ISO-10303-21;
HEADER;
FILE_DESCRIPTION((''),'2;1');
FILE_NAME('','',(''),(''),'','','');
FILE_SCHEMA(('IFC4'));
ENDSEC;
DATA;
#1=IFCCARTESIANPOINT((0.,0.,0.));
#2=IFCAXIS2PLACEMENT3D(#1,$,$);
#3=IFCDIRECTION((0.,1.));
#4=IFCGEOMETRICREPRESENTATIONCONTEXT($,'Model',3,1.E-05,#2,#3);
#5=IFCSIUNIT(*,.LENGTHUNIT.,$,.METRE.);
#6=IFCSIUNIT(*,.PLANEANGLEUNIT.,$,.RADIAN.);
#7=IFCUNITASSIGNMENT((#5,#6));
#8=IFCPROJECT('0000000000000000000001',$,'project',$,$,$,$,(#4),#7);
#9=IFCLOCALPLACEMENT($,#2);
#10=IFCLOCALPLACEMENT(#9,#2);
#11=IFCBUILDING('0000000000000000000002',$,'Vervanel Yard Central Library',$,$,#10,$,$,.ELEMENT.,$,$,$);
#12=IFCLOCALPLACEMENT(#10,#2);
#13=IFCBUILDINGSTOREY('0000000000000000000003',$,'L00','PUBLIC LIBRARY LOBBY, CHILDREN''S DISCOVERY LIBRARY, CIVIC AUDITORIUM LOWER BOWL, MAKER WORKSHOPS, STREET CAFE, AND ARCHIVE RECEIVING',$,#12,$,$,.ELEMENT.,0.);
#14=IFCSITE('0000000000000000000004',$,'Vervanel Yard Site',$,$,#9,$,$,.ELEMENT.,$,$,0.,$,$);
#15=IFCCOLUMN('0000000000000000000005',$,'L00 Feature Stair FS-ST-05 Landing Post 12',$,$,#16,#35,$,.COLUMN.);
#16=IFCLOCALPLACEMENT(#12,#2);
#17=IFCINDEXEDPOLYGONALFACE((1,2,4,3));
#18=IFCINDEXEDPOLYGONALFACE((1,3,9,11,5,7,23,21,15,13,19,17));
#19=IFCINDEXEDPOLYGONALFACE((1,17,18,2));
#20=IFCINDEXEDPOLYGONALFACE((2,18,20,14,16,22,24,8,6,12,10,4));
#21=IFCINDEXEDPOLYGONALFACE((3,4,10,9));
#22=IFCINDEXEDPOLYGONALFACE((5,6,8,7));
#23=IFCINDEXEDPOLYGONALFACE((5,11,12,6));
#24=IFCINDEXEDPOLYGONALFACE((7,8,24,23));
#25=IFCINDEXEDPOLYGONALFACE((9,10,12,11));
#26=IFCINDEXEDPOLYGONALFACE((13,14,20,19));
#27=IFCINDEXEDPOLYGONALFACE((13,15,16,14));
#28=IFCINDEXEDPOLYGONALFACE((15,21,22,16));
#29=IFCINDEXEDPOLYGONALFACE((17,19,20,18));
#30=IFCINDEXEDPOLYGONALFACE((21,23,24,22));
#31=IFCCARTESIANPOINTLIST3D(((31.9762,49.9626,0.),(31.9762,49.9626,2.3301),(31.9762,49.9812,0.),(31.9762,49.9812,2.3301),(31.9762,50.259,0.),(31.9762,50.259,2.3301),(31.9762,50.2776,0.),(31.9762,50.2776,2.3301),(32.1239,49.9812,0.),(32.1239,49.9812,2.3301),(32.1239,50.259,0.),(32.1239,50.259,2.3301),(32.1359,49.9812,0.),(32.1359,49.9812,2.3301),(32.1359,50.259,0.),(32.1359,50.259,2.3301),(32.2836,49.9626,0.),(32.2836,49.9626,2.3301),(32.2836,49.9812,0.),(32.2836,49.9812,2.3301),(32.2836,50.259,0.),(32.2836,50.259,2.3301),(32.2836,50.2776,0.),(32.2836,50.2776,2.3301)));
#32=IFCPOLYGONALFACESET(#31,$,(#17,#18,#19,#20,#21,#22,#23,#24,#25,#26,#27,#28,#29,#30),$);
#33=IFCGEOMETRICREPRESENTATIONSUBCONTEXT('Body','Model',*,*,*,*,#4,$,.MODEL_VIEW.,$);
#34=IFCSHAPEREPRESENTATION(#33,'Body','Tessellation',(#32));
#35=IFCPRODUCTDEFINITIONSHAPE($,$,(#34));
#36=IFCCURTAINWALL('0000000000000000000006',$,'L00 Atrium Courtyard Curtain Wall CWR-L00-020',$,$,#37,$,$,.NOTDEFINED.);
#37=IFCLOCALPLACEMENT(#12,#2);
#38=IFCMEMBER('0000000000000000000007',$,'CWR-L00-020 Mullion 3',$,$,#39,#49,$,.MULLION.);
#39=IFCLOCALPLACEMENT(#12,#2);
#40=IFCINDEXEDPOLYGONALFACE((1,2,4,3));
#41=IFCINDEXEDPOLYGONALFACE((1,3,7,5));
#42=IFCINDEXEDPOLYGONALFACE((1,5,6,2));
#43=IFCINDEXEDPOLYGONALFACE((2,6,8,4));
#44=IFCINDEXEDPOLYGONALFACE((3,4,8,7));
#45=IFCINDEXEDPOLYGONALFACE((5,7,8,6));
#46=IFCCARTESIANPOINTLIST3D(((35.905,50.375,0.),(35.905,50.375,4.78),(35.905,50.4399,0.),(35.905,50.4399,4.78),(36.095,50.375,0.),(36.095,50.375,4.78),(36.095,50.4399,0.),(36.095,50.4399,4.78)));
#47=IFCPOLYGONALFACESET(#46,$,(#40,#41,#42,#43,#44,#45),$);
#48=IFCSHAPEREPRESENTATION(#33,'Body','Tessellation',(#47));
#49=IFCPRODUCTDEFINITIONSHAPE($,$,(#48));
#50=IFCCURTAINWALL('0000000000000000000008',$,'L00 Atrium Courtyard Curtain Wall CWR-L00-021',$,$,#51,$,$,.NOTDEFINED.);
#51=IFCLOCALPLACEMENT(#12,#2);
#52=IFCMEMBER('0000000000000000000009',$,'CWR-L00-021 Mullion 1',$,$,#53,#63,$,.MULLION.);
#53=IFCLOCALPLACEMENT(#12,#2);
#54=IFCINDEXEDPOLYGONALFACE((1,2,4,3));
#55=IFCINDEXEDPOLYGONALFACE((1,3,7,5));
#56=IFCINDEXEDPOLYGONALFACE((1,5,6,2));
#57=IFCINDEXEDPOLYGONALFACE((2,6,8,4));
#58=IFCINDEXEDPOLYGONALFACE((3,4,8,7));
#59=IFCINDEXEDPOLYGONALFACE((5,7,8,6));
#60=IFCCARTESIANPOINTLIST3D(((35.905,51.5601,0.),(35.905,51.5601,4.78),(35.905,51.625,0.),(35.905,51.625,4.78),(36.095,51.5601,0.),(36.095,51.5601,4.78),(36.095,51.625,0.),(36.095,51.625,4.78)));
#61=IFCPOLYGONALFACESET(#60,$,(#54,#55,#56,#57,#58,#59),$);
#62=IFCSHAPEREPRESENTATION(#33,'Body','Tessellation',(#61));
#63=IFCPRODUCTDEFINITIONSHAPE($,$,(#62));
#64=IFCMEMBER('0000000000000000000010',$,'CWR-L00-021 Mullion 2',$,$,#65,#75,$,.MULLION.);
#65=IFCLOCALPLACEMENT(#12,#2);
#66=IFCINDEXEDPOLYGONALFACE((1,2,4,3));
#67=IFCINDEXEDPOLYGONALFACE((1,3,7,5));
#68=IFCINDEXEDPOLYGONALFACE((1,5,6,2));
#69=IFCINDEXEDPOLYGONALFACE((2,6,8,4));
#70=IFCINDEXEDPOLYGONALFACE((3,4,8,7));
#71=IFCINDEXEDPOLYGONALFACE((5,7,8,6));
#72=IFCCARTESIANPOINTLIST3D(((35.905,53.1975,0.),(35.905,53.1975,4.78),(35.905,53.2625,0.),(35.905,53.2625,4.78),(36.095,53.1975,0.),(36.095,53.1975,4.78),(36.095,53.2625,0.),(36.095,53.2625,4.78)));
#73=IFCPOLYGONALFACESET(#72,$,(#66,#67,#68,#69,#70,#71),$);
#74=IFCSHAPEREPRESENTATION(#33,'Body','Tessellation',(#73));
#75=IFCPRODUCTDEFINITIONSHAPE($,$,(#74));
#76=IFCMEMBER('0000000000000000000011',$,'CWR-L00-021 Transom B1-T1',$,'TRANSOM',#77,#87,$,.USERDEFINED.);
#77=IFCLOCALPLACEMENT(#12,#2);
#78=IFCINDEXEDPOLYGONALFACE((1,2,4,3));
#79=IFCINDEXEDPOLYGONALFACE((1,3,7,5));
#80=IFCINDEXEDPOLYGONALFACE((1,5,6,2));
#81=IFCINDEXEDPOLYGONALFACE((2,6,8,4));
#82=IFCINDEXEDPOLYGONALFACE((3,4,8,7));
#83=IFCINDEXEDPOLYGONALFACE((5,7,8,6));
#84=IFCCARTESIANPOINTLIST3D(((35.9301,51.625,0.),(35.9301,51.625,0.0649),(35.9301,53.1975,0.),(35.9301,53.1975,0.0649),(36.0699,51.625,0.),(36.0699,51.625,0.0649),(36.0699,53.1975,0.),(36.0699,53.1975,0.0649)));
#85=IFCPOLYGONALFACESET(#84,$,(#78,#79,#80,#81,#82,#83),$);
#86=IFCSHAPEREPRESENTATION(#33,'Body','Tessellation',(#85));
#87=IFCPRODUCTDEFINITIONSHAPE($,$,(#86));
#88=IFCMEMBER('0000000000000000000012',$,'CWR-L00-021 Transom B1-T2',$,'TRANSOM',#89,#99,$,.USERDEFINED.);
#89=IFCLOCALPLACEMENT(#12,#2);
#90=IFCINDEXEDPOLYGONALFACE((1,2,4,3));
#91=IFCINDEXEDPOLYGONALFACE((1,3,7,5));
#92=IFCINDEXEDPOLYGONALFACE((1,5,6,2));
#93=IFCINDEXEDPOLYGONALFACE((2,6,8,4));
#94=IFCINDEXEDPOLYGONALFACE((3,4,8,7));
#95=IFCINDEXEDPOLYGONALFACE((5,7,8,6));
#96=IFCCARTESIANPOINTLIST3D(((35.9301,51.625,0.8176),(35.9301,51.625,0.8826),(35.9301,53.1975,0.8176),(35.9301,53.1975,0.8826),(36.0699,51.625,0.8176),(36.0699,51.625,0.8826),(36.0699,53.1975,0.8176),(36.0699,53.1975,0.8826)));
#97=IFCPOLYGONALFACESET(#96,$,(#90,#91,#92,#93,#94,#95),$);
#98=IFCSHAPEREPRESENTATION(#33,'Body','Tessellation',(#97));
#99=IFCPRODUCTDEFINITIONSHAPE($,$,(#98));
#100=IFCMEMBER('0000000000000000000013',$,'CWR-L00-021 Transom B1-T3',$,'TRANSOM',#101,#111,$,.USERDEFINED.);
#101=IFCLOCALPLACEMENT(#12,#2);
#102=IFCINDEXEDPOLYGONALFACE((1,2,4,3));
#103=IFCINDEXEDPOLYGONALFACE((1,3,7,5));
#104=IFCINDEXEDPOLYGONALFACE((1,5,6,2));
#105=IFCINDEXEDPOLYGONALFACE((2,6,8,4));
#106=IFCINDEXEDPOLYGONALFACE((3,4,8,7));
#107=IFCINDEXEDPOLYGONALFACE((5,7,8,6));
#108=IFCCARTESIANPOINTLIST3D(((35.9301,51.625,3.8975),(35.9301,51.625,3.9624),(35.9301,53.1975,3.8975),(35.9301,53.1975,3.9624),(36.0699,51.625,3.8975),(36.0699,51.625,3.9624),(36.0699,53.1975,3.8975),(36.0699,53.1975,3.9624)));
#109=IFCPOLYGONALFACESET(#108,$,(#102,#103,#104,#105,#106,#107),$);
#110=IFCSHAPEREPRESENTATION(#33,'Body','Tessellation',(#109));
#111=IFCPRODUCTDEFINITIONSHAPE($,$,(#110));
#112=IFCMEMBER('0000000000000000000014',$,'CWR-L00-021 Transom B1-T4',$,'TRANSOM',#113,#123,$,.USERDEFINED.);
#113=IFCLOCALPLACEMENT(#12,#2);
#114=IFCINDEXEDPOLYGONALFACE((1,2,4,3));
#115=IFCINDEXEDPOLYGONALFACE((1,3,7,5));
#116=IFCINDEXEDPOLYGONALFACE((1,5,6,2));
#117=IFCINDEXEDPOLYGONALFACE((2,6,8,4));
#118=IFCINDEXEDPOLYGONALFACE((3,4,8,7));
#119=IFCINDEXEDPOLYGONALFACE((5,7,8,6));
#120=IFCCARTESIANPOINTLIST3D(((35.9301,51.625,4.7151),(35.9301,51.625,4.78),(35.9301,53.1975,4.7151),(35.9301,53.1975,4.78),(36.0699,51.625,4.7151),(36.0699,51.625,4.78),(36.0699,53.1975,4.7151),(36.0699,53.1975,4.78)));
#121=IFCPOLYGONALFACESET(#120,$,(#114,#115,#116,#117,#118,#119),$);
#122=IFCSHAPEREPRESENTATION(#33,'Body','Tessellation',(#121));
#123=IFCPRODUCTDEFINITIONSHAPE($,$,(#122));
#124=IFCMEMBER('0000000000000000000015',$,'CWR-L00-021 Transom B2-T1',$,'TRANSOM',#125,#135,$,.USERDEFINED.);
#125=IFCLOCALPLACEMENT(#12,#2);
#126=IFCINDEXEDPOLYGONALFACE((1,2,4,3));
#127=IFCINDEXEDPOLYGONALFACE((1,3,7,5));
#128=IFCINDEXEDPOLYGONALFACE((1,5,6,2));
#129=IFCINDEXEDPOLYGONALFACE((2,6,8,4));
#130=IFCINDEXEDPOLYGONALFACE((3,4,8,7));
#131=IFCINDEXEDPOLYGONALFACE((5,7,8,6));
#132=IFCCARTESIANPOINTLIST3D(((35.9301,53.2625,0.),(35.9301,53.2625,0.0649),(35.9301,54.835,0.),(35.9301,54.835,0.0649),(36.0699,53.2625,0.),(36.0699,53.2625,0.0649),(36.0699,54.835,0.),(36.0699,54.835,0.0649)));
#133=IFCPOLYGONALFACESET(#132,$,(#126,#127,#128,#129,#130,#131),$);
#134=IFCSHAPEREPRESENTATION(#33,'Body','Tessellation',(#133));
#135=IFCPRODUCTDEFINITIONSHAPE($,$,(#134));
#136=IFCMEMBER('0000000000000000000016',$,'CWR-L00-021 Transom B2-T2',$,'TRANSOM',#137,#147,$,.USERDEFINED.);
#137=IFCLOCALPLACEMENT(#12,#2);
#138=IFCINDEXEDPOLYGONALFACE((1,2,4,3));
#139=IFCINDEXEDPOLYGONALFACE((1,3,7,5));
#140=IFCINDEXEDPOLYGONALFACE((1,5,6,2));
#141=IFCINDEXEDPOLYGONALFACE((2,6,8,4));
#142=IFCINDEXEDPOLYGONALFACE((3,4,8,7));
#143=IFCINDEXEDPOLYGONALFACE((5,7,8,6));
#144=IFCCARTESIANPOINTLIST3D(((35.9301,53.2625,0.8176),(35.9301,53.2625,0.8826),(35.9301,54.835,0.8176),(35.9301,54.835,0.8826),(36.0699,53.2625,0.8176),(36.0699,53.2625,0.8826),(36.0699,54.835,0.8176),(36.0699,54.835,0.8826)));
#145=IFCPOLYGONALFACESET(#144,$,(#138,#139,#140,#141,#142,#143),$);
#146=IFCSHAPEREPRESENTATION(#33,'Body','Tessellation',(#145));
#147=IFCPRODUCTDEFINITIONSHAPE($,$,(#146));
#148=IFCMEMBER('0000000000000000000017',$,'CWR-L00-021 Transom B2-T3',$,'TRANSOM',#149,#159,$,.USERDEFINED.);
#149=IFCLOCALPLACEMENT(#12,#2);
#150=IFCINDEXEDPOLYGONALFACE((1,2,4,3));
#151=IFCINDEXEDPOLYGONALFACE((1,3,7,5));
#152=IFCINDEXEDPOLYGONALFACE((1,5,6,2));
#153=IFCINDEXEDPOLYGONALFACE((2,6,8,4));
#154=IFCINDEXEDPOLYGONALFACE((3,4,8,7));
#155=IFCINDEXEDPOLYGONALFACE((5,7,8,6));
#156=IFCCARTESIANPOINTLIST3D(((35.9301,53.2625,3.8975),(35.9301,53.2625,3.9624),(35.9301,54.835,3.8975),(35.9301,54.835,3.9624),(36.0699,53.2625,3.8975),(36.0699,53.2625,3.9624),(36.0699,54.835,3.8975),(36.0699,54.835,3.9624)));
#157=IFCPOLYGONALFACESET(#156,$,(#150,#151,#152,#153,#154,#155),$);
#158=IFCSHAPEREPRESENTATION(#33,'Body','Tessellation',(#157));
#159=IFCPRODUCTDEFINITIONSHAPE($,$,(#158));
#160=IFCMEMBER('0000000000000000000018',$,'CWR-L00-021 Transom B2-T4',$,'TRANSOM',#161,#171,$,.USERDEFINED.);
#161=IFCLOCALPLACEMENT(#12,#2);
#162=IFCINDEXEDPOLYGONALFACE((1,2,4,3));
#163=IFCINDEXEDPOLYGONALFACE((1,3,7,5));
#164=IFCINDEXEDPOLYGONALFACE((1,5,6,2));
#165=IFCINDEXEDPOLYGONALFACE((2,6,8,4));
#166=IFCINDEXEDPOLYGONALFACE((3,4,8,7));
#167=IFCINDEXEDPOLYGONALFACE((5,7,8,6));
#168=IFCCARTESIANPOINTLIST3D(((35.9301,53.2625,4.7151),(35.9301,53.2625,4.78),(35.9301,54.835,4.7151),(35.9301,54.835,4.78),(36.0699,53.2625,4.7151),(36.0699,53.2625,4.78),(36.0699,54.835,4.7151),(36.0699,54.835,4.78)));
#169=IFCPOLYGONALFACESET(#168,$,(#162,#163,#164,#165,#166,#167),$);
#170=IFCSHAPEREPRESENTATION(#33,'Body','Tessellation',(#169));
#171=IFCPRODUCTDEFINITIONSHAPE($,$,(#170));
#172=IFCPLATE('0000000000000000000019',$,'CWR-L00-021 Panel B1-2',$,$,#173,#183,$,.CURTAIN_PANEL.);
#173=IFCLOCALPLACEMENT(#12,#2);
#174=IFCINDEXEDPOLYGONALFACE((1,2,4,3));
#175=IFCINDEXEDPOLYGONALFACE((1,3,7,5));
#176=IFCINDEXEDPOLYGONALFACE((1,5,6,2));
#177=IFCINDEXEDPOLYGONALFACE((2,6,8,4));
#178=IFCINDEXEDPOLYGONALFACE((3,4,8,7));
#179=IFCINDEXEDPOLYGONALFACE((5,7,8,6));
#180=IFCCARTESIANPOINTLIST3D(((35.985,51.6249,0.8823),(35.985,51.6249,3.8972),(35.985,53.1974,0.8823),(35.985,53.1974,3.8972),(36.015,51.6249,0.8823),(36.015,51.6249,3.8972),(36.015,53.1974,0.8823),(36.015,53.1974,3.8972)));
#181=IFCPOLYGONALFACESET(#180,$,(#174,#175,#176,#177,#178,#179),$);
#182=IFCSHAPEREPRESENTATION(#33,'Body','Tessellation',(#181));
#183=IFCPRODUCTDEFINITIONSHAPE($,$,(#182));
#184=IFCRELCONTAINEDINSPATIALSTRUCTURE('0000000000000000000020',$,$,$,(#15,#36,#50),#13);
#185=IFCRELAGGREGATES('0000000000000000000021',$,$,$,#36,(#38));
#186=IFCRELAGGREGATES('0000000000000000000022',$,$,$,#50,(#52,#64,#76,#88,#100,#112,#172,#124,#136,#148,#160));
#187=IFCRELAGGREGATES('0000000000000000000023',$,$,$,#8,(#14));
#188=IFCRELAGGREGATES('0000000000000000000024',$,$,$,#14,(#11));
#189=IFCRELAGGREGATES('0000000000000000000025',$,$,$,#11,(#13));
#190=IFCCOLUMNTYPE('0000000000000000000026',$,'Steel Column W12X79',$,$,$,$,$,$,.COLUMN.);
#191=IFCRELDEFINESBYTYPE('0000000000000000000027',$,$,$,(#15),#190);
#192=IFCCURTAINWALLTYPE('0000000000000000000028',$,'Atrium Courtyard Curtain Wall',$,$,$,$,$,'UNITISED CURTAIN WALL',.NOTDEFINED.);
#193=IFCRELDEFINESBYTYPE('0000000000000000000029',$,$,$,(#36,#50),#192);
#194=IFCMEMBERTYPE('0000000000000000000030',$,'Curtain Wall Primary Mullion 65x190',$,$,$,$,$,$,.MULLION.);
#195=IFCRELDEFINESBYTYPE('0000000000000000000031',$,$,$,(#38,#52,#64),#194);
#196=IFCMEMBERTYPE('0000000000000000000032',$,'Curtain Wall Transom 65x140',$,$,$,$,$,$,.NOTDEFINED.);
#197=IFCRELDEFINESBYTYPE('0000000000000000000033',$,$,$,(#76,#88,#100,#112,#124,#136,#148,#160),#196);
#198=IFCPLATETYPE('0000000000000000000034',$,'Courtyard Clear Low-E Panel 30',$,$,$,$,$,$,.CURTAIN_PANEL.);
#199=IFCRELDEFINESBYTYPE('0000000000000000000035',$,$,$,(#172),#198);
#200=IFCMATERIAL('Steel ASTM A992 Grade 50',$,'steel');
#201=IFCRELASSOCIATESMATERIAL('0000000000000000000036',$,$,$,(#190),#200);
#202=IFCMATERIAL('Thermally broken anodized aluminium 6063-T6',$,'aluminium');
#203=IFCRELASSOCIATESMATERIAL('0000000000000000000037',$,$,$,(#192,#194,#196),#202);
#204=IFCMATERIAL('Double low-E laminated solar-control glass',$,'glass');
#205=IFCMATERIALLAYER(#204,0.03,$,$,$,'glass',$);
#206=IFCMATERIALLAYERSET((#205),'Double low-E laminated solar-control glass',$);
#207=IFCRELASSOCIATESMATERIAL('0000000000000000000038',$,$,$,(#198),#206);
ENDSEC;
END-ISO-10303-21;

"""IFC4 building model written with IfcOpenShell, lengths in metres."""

from ifc_helpers import new_model, si_unit, direction, frame, origin, origin_2d, place, context, subcontext, project, spatial, rectangle, i_section, extrude, material, layer, layer_set, material_profile, profile_set, type_object, element, aggregate, save


model = new_model("IFC4")

# Units and contexts
model_context = context("Model", 3, precision=1e-05, world=origin(), true_north=direction((0.0, 1.0)))
body_context = subcontext(model_context, "Body", "Model", "MODEL_VIEW")
ifc_project = project(units=[si_unit("LENGTHUNIT", "METRE"), si_unit("PLANEANGLEUNIT", "RADIAN")], contexts=[model_context])

# Site, building, storey
site_placement = place(None, origin())
site = spatial("IfcSite", under=ifc_project, at=site_placement, Name="Vervanel Yard Site", CompositionType="ELEMENT", RefElevation=0.0)
building_placement = place(site_placement, origin())
building = spatial("IfcBuilding", under=site, at=building_placement, Name="Vervanel Yard Central Library", CompositionType="ELEMENT")
storey_placement = place(building_placement, origin())
storey = spatial("IfcBuildingStorey", under=building, at=storey_placement, Name="L00", Description="PUBLIC LIBRARY LOBBY, CHILDREN'S DISCOVERY LIBRARY, CIVIC AUDITORIUM LOWER BOWL, MAKER WORKSHOPS, STREET CAFE, AND ARCHIVE RECEIVING", CompositionType="ELEMENT", Elevation=0.0)

# Column
ifc_material_1 = material(Name="Steel ASTM A992 Grade 50", Category="steel")
ifc_material_profile_1 = material_profile(ifc_material_1, i_section(OverallWidth=0.3074, OverallDepth=0.3149, WebThickness=0.012, FlangeThickness=0.0186, at=origin_2d()), Name="W12X79", Category="steel")
ifc_profile_set_1 = profile_set([ifc_material_profile_1], Name="Steel ASTM A992 Grade 50")
column_type_1 = type_object("IfcColumnType", Name="Steel Column W12X79", PredefinedType="COLUMN", material=ifc_profile_set_1)
for number, where, z_axis, x_axis, name in (
    (1, (32.1299, 50.1201, 0.0), (0.0, 0.0, 1.0), (1.0, 0.0, 0.0), "L00 Feature Stair FS-ST-05 Landing Post 12"),
):
    element("IfcColumn", number, at=place(storey_placement, frame(where, z_axis=z_axis, x_axis=x_axis)), inside=storey, type_object=column_type_1, Name=name, PredefinedType="COLUMN", context=body_context, shape_type="SweptSolid", body=[
        extrude(i_section(OverallWidth=0.3074, OverallDepth=0.3149, WebThickness=0.012, FlangeThickness=0.0186, at=origin_2d()), origin(), (0.0, 0.0, 1.0), 2.3301),
    ])

# Curtain wall, member
ifc_material_2 = material(Name="Thermally broken anodized aluminium 6063-T6", Category="aluminium")
curtain_wall_type = type_object("IfcCurtainWallType", Name="Atrium Courtyard Curtain Wall", ElementType="UNITISED CURTAIN WALL", PredefinedType="NOTDEFINED", material=ifc_material_2)
curtain_wall_1_placement = place(storey_placement, origin())
curtain_wall_1 = element("IfcCurtainWall", 2, at=curtain_wall_1_placement, inside=storey, type_object=curtain_wall_type, Name="L00 Atrium Courtyard Curtain Wall CWR-L00-020", PredefinedType="NOTDEFINED")
ifc_material_profile_2 = material_profile(ifc_material_2, rectangle(XDim=0.0649, YDim=0.1899, at=origin_2d()), Name="ALU 65x190", Category="aluminium")
ifc_profile_set_2 = profile_set([ifc_material_profile_2], Name="Thermally broken anodized aluminium 6063-T6")
member_type_1 = type_object("IfcMemberType", Name="Curtain Wall Primary Mullion 65x190", PredefinedType="MULLION", material=ifc_profile_set_2)
member_1_placement = place(storey_placement, frame((36.0, 50.4075, 0.0), z_axis=(0.0, 0.0, 1.0), x_axis=(0.0, 1.0, 0.0)))
member_1 = element("IfcMember", 3, at=member_1_placement, type_object=member_type_1, Name="CWR-L00-020 Mullion 3", PredefinedType="MULLION", context=body_context, shape_type="SweptSolid", body=[
    extrude(rectangle(XDim=0.0649, YDim=0.1899, at=origin_2d()), origin(), (0.0, 0.0, 1.0), 4.78),
])
aggregate(curtain_wall_1, [member_1])

# Curtain wall, members, plate
curtain_wall_2_placement = place(storey_placement, origin())
curtain_wall_2 = element("IfcCurtainWall", 4, at=curtain_wall_2_placement, inside=storey, type_object=curtain_wall_type, Name="L00 Atrium Courtyard Curtain Wall CWR-L00-021", PredefinedType="NOTDEFINED")
member_2_placement = place(storey_placement, frame((36.0, 51.5925, 0.0), z_axis=(0.0, 0.0, 1.0), x_axis=(0.0, 1.0, 0.0)))
member_2 = element("IfcMember", 5, at=member_2_placement, type_object=member_type_1, Name="CWR-L00-021 Mullion 1", PredefinedType="MULLION", context=body_context, shape_type="SweptSolid", body=[
    extrude(rectangle(XDim=0.0649, YDim=0.1899, at=origin_2d()), origin(), (0.0, 0.0, 1.0), 4.78),
])
member_3_placement = place(storey_placement, frame((36.0, 53.23, 0.0), z_axis=(0.0, 0.0, 1.0), x_axis=(0.0, 1.0, 0.0)))
member_3 = element("IfcMember", 6, at=member_3_placement, type_object=member_type_1, Name="CWR-L00-021 Mullion 2", PredefinedType="MULLION", context=body_context, shape_type="SweptSolid", body=[
    extrude(rectangle(XDim=0.0649, YDim=0.1899, at=origin_2d()), origin(), (0.0, 0.0, 1.0), 4.78),
])
ifc_material_profile_3 = material_profile(ifc_material_2, rectangle(XDim=0.0649, YDim=0.1399, at=origin_2d()), Name="ALU 65x140", Category="aluminium")
ifc_profile_set_3 = profile_set([ifc_material_profile_3], Name="Thermally broken anodized aluminium 6063-T6")
member_type_2 = type_object("IfcMemberType", Name="Curtain Wall Transom 65x140", PredefinedType="NOTDEFINED", material=ifc_profile_set_3)
member_4_placement = place(storey_placement, frame((36.0, 51.625, 0.0325), z_axis=(0.0, 1.0, 0.0), x_axis=(0.0, 0.0, 1.0)))
member_4 = element("IfcMember", 7, at=member_4_placement, type_object=member_type_2, Name="CWR-L00-021 Transom B1-T1", ObjectType="TRANSOM", PredefinedType="USERDEFINED", context=body_context, shape_type="SweptSolid", body=[
    extrude(rectangle(XDim=0.0649, YDim=0.1399, at=origin_2d()), origin(), (0.0, 0.0, 1.0), 1.5725),
])
member_5_placement = place(storey_placement, frame((36.0, 51.625, 0.8501), z_axis=(0.0, 1.0, 0.0), x_axis=(0.0, 0.0, 1.0)))
member_5 = element("IfcMember", 8, at=member_5_placement, type_object=member_type_2, Name="CWR-L00-021 Transom B1-T2", ObjectType="TRANSOM", PredefinedType="USERDEFINED", context=body_context, shape_type="SweptSolid", body=[
    extrude(rectangle(XDim=0.0649, YDim=0.1399, at=origin_2d()), origin(), (0.0, 0.0, 1.0), 1.5725),
])
member_6_placement = place(storey_placement, frame((36.0, 51.625, 3.9299), z_axis=(0.0, 1.0, 0.0), x_axis=(0.0, 0.0, 1.0)))
member_6 = element("IfcMember", 9, at=member_6_placement, type_object=member_type_2, Name="CWR-L00-021 Transom B1-T3", ObjectType="TRANSOM", PredefinedType="USERDEFINED", context=body_context, shape_type="SweptSolid", body=[
    extrude(rectangle(XDim=0.0649, YDim=0.1399, at=origin_2d()), origin(), (0.0, 0.0, 1.0), 1.5725),
])
member_7_placement = place(storey_placement, frame((36.0, 51.625, 4.7476), z_axis=(0.0, 1.0, 0.0), x_axis=(0.0, 0.0, 1.0)))
member_7 = element("IfcMember", 10, at=member_7_placement, type_object=member_type_2, Name="CWR-L00-021 Transom B1-T4", ObjectType="TRANSOM", PredefinedType="USERDEFINED", context=body_context, shape_type="SweptSolid", body=[
    extrude(rectangle(XDim=0.0649, YDim=0.1399, at=origin_2d()), origin(), (0.0, 0.0, 1.0), 1.5725),
])
member_8_placement = place(storey_placement, frame((36.0, 53.2625, 0.0325), z_axis=(0.0, 1.0, 0.0), x_axis=(0.0, 0.0, 1.0)))
member_8 = element("IfcMember", 11, at=member_8_placement, type_object=member_type_2, Name="CWR-L00-021 Transom B2-T1", ObjectType="TRANSOM", PredefinedType="USERDEFINED", context=body_context, shape_type="SweptSolid", body=[
    extrude(rectangle(XDim=0.0649, YDim=0.1399, at=origin_2d()), origin(), (0.0, 0.0, 1.0), 1.5725),
])
member_9_placement = place(storey_placement, frame((36.0, 53.2625, 0.8501), z_axis=(0.0, 1.0, 0.0), x_axis=(0.0, 0.0, 1.0)))
member_9 = element("IfcMember", 12, at=member_9_placement, type_object=member_type_2, Name="CWR-L00-021 Transom B2-T2", ObjectType="TRANSOM", PredefinedType="USERDEFINED", context=body_context, shape_type="SweptSolid", body=[
    extrude(rectangle(XDim=0.0649, YDim=0.1399, at=origin_2d()), origin(), (0.0, 0.0, 1.0), 1.5725),
])
member_10_placement = place(storey_placement, frame((36.0, 53.2625, 3.9299), z_axis=(0.0, 1.0, 0.0), x_axis=(0.0, 0.0, 1.0)))
member_10 = element("IfcMember", 13, at=member_10_placement, type_object=member_type_2, Name="CWR-L00-021 Transom B2-T3", ObjectType="TRANSOM", PredefinedType="USERDEFINED", context=body_context, shape_type="SweptSolid", body=[
    extrude(rectangle(XDim=0.0649, YDim=0.1399, at=origin_2d()), origin(), (0.0, 0.0, 1.0), 1.5725),
])
member_11_placement = place(storey_placement, frame((36.0, 53.2625, 4.7476), z_axis=(0.0, 1.0, 0.0), x_axis=(0.0, 0.0, 1.0)))
member_11 = element("IfcMember", 14, at=member_11_placement, type_object=member_type_2, Name="CWR-L00-021 Transom B2-T4", ObjectType="TRANSOM", PredefinedType="USERDEFINED", context=body_context, shape_type="SweptSolid", body=[
    extrude(rectangle(XDim=0.0649, YDim=0.1399, at=origin_2d()), origin(), (0.0, 0.0, 1.0), 1.5725),
])
ifc_material_3 = material(Name="Double low-E laminated solar-control glass", Category="glass")
ifc_layer_1 = layer(ifc_material_3, 0.03, Category="glass")
ifc_layer_set_1 = layer_set([ifc_layer_1], Name="Double low-E laminated solar-control glass")
plate_type_1 = type_object("IfcPlateType", Name="Courtyard Clear Low-E Panel 30", PredefinedType="CURTAIN_PANEL", material=ifc_layer_set_1)
plate_1_placement = place(storey_placement, frame((36.0, 52.4111, 0.8823), z_axis=(0.0, 0.0, 1.0), x_axis=(0.0, 1.0, 0.0)))
plate_1 = element("IfcPlate", 15, at=plate_1_placement, type_object=plate_type_1, Name="CWR-L00-021 Panel B1-2", PredefinedType="CURTAIN_PANEL", context=body_context, shape_type="SweptSolid", body=[
    extrude(rectangle(XDim=1.5725, YDim=0.03, at=origin_2d()), origin(), (0.0, 0.0, 1.0), 3.0149),
])
aggregate(curtain_wall_2, [member_2, member_3, member_4, member_5, member_6, member_7, plate_1, member_8, member_9, member_10, member_11])

save(model, "model.ifc")
